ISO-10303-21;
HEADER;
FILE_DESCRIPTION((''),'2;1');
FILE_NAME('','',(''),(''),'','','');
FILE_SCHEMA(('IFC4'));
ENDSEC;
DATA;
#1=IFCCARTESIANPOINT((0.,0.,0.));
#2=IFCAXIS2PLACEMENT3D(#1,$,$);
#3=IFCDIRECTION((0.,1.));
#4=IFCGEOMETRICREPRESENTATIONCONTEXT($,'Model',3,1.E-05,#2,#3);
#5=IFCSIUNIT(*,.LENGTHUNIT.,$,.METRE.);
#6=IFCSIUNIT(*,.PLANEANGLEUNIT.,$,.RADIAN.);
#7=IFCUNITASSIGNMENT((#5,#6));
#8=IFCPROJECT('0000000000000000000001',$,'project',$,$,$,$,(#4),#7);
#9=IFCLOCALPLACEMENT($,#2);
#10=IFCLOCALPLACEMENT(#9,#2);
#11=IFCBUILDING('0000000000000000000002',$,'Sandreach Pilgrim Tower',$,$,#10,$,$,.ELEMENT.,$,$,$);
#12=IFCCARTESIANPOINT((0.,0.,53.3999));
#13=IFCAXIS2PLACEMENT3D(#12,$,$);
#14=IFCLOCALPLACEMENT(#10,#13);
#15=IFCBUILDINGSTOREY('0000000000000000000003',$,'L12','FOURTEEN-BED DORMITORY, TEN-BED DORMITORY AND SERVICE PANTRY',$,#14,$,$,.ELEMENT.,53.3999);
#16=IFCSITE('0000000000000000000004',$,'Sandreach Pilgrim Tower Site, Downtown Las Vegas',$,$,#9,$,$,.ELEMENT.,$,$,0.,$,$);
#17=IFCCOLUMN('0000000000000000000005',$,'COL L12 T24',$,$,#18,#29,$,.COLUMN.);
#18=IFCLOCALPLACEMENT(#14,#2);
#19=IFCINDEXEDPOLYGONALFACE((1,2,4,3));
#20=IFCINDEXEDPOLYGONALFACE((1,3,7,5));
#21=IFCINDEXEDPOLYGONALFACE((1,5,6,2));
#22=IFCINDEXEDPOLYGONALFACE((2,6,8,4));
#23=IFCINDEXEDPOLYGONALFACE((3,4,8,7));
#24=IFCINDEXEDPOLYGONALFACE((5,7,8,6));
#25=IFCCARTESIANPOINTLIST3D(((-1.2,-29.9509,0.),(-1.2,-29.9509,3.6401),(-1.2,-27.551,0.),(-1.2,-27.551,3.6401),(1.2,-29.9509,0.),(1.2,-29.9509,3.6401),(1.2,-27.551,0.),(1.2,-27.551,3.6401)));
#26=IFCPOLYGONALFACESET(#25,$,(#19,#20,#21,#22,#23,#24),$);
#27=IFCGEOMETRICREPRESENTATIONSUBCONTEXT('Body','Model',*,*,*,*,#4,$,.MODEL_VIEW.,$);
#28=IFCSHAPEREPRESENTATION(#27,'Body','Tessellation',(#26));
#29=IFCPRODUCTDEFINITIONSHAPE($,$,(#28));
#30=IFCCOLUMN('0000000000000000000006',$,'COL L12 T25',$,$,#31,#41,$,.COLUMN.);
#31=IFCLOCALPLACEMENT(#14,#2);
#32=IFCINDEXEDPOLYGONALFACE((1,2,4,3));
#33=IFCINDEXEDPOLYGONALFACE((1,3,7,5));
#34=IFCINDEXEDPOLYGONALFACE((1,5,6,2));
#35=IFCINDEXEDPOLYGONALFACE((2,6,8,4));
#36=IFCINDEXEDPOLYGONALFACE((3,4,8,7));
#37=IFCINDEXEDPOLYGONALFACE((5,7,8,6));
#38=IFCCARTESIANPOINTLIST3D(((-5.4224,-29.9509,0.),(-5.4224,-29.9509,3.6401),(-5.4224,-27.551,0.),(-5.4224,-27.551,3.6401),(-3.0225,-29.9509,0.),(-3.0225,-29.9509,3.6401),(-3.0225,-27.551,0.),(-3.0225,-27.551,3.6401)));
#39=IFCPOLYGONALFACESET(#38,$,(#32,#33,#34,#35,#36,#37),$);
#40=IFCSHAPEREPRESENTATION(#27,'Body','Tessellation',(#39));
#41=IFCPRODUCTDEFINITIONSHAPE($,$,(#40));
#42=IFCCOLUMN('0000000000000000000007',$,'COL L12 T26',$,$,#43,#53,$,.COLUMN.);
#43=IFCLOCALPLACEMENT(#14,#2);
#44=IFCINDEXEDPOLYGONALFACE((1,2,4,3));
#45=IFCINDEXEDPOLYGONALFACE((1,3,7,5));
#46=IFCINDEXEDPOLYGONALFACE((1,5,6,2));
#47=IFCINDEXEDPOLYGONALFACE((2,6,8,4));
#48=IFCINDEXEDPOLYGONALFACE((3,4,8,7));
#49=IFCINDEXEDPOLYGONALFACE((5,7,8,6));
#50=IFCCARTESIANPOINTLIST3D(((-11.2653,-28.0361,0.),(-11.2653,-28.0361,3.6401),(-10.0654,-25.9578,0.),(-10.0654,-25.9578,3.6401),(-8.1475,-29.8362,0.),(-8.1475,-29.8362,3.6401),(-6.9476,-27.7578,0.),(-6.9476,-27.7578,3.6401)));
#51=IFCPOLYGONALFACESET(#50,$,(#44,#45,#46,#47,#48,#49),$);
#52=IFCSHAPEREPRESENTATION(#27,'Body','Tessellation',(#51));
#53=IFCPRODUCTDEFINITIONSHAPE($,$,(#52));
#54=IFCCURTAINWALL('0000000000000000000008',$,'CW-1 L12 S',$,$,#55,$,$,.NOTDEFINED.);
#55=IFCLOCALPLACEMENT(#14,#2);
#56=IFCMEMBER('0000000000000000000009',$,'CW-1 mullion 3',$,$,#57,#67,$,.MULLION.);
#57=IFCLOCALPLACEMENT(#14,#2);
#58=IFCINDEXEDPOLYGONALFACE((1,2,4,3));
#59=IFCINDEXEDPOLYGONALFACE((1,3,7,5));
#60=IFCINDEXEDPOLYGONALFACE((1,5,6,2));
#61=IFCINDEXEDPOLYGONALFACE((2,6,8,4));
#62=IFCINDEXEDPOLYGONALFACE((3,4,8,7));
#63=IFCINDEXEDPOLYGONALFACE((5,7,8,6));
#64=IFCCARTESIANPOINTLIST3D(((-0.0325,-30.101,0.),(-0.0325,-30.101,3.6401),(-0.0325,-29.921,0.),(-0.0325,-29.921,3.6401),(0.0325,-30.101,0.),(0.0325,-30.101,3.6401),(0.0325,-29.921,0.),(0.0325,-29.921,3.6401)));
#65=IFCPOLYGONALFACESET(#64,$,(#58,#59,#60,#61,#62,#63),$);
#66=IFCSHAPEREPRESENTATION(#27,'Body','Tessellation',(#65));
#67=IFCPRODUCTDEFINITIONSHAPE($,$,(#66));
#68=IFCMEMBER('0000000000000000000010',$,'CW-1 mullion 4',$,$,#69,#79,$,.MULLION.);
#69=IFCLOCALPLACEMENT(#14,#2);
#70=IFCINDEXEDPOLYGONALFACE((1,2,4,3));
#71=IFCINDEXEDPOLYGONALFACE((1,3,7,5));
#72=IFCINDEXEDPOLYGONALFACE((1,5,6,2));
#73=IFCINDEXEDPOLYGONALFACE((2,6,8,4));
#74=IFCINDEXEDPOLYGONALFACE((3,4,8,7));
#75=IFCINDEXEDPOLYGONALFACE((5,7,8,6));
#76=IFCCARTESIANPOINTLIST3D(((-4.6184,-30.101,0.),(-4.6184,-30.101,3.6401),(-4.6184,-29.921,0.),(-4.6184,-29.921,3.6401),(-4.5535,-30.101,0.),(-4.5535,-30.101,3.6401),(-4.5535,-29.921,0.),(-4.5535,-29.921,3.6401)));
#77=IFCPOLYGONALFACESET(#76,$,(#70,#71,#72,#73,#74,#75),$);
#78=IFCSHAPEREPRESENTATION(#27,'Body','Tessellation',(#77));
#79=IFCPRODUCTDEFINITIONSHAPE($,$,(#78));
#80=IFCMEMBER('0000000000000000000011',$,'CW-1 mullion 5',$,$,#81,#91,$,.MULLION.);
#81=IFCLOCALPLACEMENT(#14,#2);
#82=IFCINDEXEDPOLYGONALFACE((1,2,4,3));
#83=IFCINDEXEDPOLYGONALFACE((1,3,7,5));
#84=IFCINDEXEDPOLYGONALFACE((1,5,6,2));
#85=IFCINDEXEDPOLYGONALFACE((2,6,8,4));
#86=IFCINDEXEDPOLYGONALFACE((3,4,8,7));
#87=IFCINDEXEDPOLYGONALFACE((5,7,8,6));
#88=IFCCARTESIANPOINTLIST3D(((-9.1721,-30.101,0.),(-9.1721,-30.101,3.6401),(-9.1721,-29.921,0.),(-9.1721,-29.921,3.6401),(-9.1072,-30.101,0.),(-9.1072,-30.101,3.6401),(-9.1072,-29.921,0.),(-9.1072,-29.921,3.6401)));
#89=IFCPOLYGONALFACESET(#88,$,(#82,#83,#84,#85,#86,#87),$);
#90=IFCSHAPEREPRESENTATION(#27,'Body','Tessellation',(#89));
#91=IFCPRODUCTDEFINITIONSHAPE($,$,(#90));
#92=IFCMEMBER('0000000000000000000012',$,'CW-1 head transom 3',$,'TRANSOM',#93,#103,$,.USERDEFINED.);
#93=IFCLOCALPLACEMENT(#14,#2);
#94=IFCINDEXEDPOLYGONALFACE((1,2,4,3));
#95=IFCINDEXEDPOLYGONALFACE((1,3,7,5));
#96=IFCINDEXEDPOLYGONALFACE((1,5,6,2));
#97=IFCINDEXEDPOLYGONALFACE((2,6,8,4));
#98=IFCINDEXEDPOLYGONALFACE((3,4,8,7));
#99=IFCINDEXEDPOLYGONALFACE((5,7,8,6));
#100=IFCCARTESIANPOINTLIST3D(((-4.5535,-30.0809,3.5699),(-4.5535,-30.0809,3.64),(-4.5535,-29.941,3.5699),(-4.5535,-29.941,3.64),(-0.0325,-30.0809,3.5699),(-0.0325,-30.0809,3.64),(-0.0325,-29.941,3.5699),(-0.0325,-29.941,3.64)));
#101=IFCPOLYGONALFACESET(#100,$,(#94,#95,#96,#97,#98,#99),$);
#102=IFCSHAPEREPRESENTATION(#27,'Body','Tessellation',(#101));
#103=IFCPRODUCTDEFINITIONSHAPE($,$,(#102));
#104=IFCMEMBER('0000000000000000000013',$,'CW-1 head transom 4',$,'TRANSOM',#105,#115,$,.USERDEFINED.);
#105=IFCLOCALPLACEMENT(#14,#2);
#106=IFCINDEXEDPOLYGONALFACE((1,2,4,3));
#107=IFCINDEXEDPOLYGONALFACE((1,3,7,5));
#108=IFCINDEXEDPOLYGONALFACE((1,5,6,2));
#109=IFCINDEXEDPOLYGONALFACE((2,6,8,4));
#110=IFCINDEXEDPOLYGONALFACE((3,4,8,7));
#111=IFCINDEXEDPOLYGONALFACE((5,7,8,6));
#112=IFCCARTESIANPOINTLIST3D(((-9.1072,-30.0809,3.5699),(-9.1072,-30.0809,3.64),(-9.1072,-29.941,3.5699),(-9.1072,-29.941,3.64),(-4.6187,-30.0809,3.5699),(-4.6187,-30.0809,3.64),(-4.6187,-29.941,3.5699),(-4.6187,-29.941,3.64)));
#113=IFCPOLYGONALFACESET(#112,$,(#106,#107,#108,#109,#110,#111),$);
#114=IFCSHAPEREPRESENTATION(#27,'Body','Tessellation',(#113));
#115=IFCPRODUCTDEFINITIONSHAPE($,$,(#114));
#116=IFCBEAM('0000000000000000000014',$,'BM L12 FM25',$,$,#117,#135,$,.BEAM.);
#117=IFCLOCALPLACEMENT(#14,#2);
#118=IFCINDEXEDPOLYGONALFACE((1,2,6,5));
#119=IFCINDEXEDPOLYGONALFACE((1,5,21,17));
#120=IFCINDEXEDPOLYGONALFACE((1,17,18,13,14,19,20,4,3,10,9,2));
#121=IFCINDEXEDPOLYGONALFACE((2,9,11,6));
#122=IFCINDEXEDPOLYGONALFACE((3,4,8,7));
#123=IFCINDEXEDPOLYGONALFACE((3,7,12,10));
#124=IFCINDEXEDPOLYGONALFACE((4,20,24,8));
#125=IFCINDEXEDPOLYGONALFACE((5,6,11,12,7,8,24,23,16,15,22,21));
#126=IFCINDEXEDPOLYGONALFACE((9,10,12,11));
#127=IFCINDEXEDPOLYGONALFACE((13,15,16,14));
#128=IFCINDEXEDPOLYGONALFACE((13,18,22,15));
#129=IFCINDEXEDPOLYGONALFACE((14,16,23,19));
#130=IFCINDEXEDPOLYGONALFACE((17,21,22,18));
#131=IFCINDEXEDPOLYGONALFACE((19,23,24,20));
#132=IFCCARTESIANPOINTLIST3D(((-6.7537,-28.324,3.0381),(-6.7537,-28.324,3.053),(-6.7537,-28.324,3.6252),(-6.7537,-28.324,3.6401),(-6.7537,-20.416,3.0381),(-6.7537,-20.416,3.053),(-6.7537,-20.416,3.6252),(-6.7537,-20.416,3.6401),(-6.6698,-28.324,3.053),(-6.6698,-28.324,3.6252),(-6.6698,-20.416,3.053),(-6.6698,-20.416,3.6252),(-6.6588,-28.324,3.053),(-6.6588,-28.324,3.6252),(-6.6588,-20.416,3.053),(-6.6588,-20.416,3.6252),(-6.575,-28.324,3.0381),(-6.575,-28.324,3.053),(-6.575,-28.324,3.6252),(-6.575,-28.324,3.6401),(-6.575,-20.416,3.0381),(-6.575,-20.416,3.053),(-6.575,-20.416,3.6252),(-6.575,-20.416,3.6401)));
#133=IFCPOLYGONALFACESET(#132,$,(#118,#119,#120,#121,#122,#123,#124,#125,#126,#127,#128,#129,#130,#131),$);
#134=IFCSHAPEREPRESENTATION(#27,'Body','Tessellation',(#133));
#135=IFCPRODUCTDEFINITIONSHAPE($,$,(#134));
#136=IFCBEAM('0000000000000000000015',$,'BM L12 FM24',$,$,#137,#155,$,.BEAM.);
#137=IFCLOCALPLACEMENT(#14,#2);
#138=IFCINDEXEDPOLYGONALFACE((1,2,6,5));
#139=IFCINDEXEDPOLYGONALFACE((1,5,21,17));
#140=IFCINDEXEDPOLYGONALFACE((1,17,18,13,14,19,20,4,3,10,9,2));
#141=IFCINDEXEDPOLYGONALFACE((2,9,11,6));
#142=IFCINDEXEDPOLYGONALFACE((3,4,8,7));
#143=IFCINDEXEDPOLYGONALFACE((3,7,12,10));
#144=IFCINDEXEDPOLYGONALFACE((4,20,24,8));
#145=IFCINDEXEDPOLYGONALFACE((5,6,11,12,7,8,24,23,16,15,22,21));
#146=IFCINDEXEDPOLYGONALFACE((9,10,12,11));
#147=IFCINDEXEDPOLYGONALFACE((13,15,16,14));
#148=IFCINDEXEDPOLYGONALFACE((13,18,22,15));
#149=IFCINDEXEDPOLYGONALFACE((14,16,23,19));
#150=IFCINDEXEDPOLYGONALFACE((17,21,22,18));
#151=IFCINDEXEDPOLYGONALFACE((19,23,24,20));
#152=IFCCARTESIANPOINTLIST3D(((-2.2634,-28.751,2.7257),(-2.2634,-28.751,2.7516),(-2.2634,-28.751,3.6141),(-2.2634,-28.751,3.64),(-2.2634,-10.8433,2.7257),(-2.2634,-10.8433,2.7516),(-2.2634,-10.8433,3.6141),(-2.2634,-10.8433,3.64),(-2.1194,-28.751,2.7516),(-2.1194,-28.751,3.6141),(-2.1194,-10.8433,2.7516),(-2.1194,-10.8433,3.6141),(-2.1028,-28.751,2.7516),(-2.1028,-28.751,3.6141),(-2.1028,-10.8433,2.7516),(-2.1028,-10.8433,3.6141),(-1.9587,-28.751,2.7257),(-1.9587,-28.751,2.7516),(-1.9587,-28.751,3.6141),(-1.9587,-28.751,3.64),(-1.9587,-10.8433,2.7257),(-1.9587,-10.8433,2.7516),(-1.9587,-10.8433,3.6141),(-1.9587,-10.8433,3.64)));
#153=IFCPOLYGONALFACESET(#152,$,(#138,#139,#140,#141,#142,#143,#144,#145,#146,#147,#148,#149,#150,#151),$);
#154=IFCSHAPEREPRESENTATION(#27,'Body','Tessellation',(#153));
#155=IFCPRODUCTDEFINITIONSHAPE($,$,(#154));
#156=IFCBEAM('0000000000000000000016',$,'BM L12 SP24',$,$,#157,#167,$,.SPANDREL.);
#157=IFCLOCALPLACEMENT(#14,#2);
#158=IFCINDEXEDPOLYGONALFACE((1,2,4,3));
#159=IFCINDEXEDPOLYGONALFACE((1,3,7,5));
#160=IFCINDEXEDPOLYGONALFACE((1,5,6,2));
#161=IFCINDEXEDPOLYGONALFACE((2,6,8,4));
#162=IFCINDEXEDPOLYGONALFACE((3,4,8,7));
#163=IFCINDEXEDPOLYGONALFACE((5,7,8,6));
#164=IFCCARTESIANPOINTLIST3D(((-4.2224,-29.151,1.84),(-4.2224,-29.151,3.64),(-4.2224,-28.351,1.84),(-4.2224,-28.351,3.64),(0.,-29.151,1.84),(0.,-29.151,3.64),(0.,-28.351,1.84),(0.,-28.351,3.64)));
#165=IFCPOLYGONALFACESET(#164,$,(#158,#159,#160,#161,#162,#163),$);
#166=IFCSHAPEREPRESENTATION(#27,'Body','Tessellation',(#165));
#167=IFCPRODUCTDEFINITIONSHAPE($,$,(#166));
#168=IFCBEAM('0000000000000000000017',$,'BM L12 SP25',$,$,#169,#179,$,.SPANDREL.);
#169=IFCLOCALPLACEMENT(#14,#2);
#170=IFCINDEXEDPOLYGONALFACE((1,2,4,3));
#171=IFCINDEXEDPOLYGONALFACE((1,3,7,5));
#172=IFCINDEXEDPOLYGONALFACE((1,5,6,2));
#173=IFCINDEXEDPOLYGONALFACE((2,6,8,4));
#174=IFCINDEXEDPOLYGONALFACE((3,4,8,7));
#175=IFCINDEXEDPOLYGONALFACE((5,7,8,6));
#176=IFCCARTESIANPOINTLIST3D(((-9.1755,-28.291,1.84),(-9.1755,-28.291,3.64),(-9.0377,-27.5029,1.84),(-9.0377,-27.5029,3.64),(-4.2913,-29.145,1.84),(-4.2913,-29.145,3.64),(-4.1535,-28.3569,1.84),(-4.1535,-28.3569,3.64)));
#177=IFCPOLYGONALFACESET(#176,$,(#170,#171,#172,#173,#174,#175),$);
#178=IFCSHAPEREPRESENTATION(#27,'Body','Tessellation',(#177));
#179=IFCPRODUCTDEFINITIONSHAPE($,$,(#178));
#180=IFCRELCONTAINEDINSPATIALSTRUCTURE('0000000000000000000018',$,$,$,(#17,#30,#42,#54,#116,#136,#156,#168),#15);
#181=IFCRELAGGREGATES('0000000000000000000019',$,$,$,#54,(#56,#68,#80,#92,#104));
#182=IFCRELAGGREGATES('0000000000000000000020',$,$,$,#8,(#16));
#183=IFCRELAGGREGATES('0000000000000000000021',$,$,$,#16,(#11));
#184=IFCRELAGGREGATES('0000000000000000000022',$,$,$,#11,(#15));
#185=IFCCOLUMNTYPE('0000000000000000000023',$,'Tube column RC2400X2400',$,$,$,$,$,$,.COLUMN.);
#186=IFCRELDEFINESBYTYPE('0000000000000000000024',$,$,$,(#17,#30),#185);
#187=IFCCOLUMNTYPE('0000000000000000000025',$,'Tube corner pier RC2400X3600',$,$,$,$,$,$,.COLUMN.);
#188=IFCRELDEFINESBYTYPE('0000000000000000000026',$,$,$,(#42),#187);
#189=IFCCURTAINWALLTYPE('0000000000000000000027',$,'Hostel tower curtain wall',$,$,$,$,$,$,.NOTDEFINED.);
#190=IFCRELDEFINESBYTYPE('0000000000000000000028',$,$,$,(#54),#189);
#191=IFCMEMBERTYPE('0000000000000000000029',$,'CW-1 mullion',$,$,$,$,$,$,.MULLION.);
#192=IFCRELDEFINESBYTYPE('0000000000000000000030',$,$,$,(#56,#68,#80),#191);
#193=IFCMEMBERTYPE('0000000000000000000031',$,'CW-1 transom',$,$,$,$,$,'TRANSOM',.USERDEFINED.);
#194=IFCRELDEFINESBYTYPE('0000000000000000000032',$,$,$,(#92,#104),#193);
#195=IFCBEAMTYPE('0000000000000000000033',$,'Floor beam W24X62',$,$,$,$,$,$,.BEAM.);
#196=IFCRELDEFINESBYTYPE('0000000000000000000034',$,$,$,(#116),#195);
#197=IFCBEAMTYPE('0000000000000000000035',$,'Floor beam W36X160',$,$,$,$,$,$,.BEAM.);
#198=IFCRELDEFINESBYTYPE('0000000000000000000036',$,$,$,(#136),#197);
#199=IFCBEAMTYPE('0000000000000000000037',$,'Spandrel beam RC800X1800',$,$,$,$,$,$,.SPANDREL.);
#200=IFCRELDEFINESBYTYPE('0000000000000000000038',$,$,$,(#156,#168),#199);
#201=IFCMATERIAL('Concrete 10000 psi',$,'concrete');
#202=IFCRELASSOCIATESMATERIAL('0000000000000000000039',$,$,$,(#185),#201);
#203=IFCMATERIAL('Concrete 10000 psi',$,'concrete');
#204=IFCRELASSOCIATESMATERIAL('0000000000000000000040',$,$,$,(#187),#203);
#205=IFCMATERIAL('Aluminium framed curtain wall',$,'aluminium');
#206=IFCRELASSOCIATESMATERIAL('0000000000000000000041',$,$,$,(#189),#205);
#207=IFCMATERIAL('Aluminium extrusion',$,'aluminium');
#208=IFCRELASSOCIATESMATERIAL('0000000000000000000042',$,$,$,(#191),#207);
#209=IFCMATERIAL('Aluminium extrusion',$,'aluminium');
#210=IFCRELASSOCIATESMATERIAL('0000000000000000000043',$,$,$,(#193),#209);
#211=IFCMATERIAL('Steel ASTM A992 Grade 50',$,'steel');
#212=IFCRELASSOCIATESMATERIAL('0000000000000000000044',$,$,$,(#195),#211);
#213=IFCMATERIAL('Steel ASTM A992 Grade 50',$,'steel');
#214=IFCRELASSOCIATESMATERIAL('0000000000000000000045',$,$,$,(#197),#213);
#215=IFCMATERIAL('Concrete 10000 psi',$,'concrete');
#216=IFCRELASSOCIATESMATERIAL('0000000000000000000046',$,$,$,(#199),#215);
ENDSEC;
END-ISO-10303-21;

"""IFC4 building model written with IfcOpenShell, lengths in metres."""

from ifc_helpers import new_model, si_unit, direction, frame, origin, origin_2d, place, context, subcontext, project, spatial, rectangle, i_section, extrude, clip, halfspace, material, material_profile, profile_set, type_object, element, aggregate, save


model = new_model("IFC4")

# Units and contexts
model_context = context("Model", 3, precision=1e-05, world=origin(), true_north=direction((0.0, 1.0)))
body_context = subcontext(model_context, "Body", "Model", "MODEL_VIEW")
ifc_project = project(units=[si_unit("LENGTHUNIT", "METRE"), si_unit("PLANEANGLEUNIT", "RADIAN")], contexts=[model_context])

# Site, building, storey
site_placement = place(None, origin())
site = spatial("IfcSite", under=ifc_project, at=site_placement, Name="Sandreach Pilgrim Tower Site, Downtown Las Vegas", CompositionType="ELEMENT", RefElevation=0.0)
building_placement = place(site_placement, origin())
building = spatial("IfcBuilding", under=site, at=building_placement, Name="Sandreach Pilgrim Tower", CompositionType="ELEMENT")
storey_placement = place(building_placement, frame((0.0, 0.0, 53.3999)))
storey = spatial("IfcBuildingStorey", under=building, at=storey_placement, Name="L12", Description="FOURTEEN-BED DORMITORY, TEN-BED DORMITORY AND SERVICE PANTRY", CompositionType="ELEMENT", Elevation=53.3999)

# Columns
ifc_material_1 = material(Name="Concrete 10000 psi", Category="concrete")
ifc_material_profile_1 = material_profile(ifc_material_1, rectangle(XDim=2.3999, YDim=2.3999, at=origin_2d()), Name="RC2400X2400")
ifc_profile_set_1 = profile_set([ifc_material_profile_1], Name="Concrete 10000 psi")
column_type_1 = type_object("IfcColumnType", Name="Tube column RC2400X2400", PredefinedType="COLUMN", material=ifc_profile_set_1)
column_1_placement = place(storey_placement, frame((0.0, -28.751, 0.0), z_axis=(0.0, 0.0, 1.0), x_axis=(0.0, -1.0, 0.0)))
element("IfcColumn", 1, at=column_1_placement, inside=storey, type_object=column_type_1, Name="COL L12 T24", PredefinedType="COLUMN", context=body_context, shape_type="SweptSolid", body=[
    clip(extrude(rectangle(XDim=2.3999, YDim=2.3999, at=origin_2d()), origin(), (0.0, 0.0, 1.0), 3.7451), halfspace(frame((0.0, 0.0, 3.6401)), False)),
])
column_2_placement = place(storey_placement, frame((-4.2224, -28.751, 0.0), z_axis=(0.0, 0.0, 1.0), x_axis=(0.0, -1.0, 0.0)))
element("IfcColumn", 2, at=column_2_placement, inside=storey, type_object=column_type_1, Name="COL L12 T25", PredefinedType="COLUMN", context=body_context, shape_type="SweptSolid", body=[
    clip(extrude(rectangle(XDim=2.3999, YDim=2.3999, at=origin_2d()), origin(), (0.0, 0.0, 1.0), 3.7371), halfspace(frame((0.0, 0.0, 3.6401)), False)),
])
ifc_material_2 = material(Name="Concrete 10000 psi", Category="concrete")
ifc_material_profile_2 = material_profile(ifc_material_2, rectangle(XDim=2.3999, YDim=3.6001, at=origin_2d()), Name="RC2400X3600")
ifc_profile_set_2 = profile_set([ifc_material_profile_2], Name="Concrete 10000 psi")
column_type_2 = type_object("IfcColumnType", Name="Tube corner pier RC2400X3600", PredefinedType="COLUMN", material=ifc_profile_set_2)
column_3_placement = place(storey_placement, frame((-9.1064, -27.897, 0.0), z_axis=(0.0, 0.0, 1.0), x_axis=(-0.5, -0.866025, 0.0)))
element("IfcColumn", 3, at=column_3_placement, inside=storey, type_object=column_type_2, Name="COL L12 T26", PredefinedType="COLUMN", context=body_context, shape_type="SweptSolid", body=[
    clip(extrude(rectangle(XDim=2.3999, YDim=3.6001, at=origin_2d()), origin(), (0.0, 0.0, 1.0), 3.7261), halfspace(frame((0.0, 0.0, 3.6401)), False)),
])

# Curtain wall, members
ifc_material_3 = material(Name="Aluminium framed curtain wall", Category="aluminium")
curtain_wall_type = type_object("IfcCurtainWallType", Name="Hostel tower curtain wall", PredefinedType="NOTDEFINED", material=ifc_material_3)
curtain_wall_placement = place(storey_placement, origin())
curtain_wall = element("IfcCurtainWall", 4, at=curtain_wall_placement, inside=storey, type_object=curtain_wall_type, Name="CW-1 L12 S", PredefinedType="NOTDEFINED")
ifc_material_4 = material(Name="Aluminium extrusion", Category="aluminium")
ifc_material_profile_3 = material_profile(ifc_material_4, rectangle(XDim=0.0649, YDim=0.1799, at=origin_2d()), Name="CW-1M 65X180")
ifc_profile_set_3 = profile_set([ifc_material_profile_3], Name="Aluminium extrusion")
member_type_1 = type_object("IfcMemberType", Name="CW-1 mullion", PredefinedType="MULLION", material=ifc_profile_set_3)
member_1_placement = place(storey_placement, frame((0.0, -30.011, 0.0), z_axis=(0.0, 0.0, 1.0), x_axis=(-1.0, 0.0, 0.0)))
member_1 = element("IfcMember", 5, at=member_1_placement, type_object=member_type_1, Name="CW-1 mullion 3", PredefinedType="MULLION", context=body_context, shape_type="SweptSolid", body=[
    extrude(rectangle(XDim=0.0649, YDim=0.1799, at=origin_2d()), origin(), (0.0, 0.0, 1.0), 3.6401),
])
member_2_placement = place(storey_placement, frame((-4.5859, -30.011, 0.0), z_axis=(0.0, 0.0, 1.0), x_axis=(-1.0, 0.0, 0.0)))
member_2 = element("IfcMember", 6, at=member_2_placement, type_object=member_type_1, Name="CW-1 mullion 4", PredefinedType="MULLION", context=body_context, shape_type="SweptSolid", body=[
    extrude(rectangle(XDim=0.0649, YDim=0.1799, at=origin_2d()), origin(), (0.0, 0.0, 1.0), 3.6401),
])
member_3_placement = place(storey_placement, frame((-9.1396, -30.011, 0.0), z_axis=(0.0, 0.0, 1.0), x_axis=(-1.0, 0.0, 0.0)))
member_3 = element("IfcMember", 7, at=member_3_placement, type_object=member_type_1, Name="CW-1 mullion 5", PredefinedType="MULLION", context=body_context, shape_type="SweptSolid", body=[
    extrude(rectangle(XDim=0.0649, YDim=0.1799, at=origin_2d()), origin(), (0.0, 0.0, 1.0), 3.6401),
])
ifc_material_5 = material(Name="Aluminium extrusion", Category="aluminium")
ifc_material_profile_4 = material_profile(ifc_material_5, rectangle(XDim=0.1399, YDim=0.0701, at=origin_2d()), Name="CW-1T 140X70")
ifc_profile_set_4 = profile_set([ifc_material_profile_4], Name="Aluminium extrusion")
member_type_2 = type_object("IfcMemberType", Name="CW-1 transom", ElementType="TRANSOM", PredefinedType="USERDEFINED", material=ifc_profile_set_4)
member_4_placement = place(storey_placement, frame((-0.0325, -30.011, 3.605), z_axis=(-1.0, 0.0, 0.0), x_axis=(0.0, -1.0, 0.0)))
member_4 = element("IfcMember", 8, at=member_4_placement, type_object=member_type_2, Name="CW-1 head transom 3", ObjectType="TRANSOM", PredefinedType="USERDEFINED", context=body_context, shape_type="SweptSolid", body=[
    extrude(rectangle(XDim=0.1399, YDim=0.0701, at=origin_2d()), origin(), (0.0, 0.0, 1.0), 4.521),
])
member_5_placement = place(storey_placement, frame((-4.6187, -30.011, 3.605), z_axis=(-1.0, 0.0, 0.0), x_axis=(0.0, -1.0, 0.0)))
member_5 = element("IfcMember", 9, at=member_5_placement, type_object=member_type_2, Name="CW-1 head transom 4", ObjectType="TRANSOM", PredefinedType="USERDEFINED", context=body_context, shape_type="SweptSolid", body=[
    extrude(rectangle(XDim=0.1399, YDim=0.0701, at=origin_2d()), origin(), (0.0, 0.0, 1.0), 4.4885),
])

# Beams
ifc_material_6 = material(Name="Steel ASTM A992 Grade 50", Category="steel")
ifc_material_profile_5 = material_profile(ifc_material_6, i_section(OverallWidth=0.1787, OverallDepth=0.6021, WebThickness=0.011, FlangeThickness=0.0149, at=origin_2d()), Name="W24X62")
ifc_profile_set_5 = profile_set([ifc_material_profile_5], Name="Steel ASTM A992 Grade 50")
beam_type_1 = type_object("IfcBeamType", Name="Floor beam W24X62", PredefinedType="BEAM", material=ifc_profile_set_5)
beam_1_placement = place(storey_placement, frame((-6.6643, -28.324, 3.3391), z_axis=(0.0, 1.0, 0.0), x_axis=(-1.0, 0.0, 0.0)))
element("IfcBeam", 10, at=beam_1_placement, inside=storey, type_object=beam_type_1, Name="BM L12 FM25", PredefinedType="BEAM", context=body_context, shape_type="SweptSolid", body=[
    extrude(i_section(OverallWidth=0.1787, OverallDepth=0.6021, WebThickness=0.011, FlangeThickness=0.0149, at=origin_2d()), origin(), (0.0, 0.0, 1.0), 7.908),
])
ifc_material_7 = material(Name="Steel ASTM A992 Grade 50", Category="steel")
ifc_material_profile_6 = material_profile(ifc_material_7, i_section(OverallWidth=0.3047, OverallDepth=0.9143, WebThickness=0.0166, FlangeThickness=0.0259, at=origin_2d()), Name="W36X160")
ifc_profile_set_6 = profile_set([ifc_material_profile_6], Name="Steel ASTM A992 Grade 50")
beam_type_2 = type_object("IfcBeamType", Name="Floor beam W36X160", PredefinedType="BEAM", material=ifc_profile_set_6)
beam_2_placement = place(storey_placement, frame((-2.1111, -28.751, 3.1829), z_axis=(0.0, 1.0, 0.0), x_axis=(-1.0, 0.0, 0.0)))
element("IfcBeam", 11, at=beam_2_placement, inside=storey, type_object=beam_type_2, Name="BM L12 FM24", PredefinedType="BEAM", context=body_context, shape_type="SweptSolid", body=[
    extrude(i_section(OverallWidth=0.3047, OverallDepth=0.9143, WebThickness=0.0166, FlangeThickness=0.0259, at=origin_2d()), origin(), (0.0, 0.0, 1.0), 17.9077),
])
ifc_material_8 = material(Name="Concrete 10000 psi", Category="concrete")
ifc_material_profile_7 = material_profile(ifc_material_8, rectangle(XDim=0.8, YDim=1.8, at=origin_2d()), Name="RC800X1800")
ifc_profile_set_7 = profile_set([ifc_material_profile_7], Name="Concrete 10000 psi")
beam_type_3 = type_object("IfcBeamType", Name="Spandrel beam RC800X1800", PredefinedType="SPANDREL", material=ifc_profile_set_7)
beam_3_placement = place(storey_placement, frame((0.0, -28.751, 2.74), z_axis=(-1.0, 0.0, 0.0), x_axis=(0.0, -1.0, 0.0)))
element("IfcBeam", 12, at=beam_3_placement, inside=storey, type_object=beam_type_3, Name="BM L12 SP24", PredefinedType="SPANDREL", context=body_context, shape_type="SweptSolid", body=[
    extrude(rectangle(XDim=0.8, YDim=1.8, at=origin_2d()), origin(), (0.0, 0.0, 1.0), 4.2224),
])
beam_4_placement = place(storey_placement, frame((-4.2224, -28.751, 2.74), z_axis=(-0.985054, 0.172243, 0.0), x_axis=(-0.172243, -0.985054, 0.0)))
element("IfcBeam", 13, at=beam_4_placement, inside=storey, type_object=beam_type_3, Name="BM L12 SP25", PredefinedType="SPANDREL", context=body_context, shape_type="SweptSolid", body=[
    extrude(rectangle(XDim=0.8, YDim=1.8, at=origin_2d()), origin(), (0.0, 0.0, 1.0), 4.9583),
])

aggregate(curtain_wall, [member_1, member_2, member_3, member_4, member_5])

save(model, "model.ifc")
